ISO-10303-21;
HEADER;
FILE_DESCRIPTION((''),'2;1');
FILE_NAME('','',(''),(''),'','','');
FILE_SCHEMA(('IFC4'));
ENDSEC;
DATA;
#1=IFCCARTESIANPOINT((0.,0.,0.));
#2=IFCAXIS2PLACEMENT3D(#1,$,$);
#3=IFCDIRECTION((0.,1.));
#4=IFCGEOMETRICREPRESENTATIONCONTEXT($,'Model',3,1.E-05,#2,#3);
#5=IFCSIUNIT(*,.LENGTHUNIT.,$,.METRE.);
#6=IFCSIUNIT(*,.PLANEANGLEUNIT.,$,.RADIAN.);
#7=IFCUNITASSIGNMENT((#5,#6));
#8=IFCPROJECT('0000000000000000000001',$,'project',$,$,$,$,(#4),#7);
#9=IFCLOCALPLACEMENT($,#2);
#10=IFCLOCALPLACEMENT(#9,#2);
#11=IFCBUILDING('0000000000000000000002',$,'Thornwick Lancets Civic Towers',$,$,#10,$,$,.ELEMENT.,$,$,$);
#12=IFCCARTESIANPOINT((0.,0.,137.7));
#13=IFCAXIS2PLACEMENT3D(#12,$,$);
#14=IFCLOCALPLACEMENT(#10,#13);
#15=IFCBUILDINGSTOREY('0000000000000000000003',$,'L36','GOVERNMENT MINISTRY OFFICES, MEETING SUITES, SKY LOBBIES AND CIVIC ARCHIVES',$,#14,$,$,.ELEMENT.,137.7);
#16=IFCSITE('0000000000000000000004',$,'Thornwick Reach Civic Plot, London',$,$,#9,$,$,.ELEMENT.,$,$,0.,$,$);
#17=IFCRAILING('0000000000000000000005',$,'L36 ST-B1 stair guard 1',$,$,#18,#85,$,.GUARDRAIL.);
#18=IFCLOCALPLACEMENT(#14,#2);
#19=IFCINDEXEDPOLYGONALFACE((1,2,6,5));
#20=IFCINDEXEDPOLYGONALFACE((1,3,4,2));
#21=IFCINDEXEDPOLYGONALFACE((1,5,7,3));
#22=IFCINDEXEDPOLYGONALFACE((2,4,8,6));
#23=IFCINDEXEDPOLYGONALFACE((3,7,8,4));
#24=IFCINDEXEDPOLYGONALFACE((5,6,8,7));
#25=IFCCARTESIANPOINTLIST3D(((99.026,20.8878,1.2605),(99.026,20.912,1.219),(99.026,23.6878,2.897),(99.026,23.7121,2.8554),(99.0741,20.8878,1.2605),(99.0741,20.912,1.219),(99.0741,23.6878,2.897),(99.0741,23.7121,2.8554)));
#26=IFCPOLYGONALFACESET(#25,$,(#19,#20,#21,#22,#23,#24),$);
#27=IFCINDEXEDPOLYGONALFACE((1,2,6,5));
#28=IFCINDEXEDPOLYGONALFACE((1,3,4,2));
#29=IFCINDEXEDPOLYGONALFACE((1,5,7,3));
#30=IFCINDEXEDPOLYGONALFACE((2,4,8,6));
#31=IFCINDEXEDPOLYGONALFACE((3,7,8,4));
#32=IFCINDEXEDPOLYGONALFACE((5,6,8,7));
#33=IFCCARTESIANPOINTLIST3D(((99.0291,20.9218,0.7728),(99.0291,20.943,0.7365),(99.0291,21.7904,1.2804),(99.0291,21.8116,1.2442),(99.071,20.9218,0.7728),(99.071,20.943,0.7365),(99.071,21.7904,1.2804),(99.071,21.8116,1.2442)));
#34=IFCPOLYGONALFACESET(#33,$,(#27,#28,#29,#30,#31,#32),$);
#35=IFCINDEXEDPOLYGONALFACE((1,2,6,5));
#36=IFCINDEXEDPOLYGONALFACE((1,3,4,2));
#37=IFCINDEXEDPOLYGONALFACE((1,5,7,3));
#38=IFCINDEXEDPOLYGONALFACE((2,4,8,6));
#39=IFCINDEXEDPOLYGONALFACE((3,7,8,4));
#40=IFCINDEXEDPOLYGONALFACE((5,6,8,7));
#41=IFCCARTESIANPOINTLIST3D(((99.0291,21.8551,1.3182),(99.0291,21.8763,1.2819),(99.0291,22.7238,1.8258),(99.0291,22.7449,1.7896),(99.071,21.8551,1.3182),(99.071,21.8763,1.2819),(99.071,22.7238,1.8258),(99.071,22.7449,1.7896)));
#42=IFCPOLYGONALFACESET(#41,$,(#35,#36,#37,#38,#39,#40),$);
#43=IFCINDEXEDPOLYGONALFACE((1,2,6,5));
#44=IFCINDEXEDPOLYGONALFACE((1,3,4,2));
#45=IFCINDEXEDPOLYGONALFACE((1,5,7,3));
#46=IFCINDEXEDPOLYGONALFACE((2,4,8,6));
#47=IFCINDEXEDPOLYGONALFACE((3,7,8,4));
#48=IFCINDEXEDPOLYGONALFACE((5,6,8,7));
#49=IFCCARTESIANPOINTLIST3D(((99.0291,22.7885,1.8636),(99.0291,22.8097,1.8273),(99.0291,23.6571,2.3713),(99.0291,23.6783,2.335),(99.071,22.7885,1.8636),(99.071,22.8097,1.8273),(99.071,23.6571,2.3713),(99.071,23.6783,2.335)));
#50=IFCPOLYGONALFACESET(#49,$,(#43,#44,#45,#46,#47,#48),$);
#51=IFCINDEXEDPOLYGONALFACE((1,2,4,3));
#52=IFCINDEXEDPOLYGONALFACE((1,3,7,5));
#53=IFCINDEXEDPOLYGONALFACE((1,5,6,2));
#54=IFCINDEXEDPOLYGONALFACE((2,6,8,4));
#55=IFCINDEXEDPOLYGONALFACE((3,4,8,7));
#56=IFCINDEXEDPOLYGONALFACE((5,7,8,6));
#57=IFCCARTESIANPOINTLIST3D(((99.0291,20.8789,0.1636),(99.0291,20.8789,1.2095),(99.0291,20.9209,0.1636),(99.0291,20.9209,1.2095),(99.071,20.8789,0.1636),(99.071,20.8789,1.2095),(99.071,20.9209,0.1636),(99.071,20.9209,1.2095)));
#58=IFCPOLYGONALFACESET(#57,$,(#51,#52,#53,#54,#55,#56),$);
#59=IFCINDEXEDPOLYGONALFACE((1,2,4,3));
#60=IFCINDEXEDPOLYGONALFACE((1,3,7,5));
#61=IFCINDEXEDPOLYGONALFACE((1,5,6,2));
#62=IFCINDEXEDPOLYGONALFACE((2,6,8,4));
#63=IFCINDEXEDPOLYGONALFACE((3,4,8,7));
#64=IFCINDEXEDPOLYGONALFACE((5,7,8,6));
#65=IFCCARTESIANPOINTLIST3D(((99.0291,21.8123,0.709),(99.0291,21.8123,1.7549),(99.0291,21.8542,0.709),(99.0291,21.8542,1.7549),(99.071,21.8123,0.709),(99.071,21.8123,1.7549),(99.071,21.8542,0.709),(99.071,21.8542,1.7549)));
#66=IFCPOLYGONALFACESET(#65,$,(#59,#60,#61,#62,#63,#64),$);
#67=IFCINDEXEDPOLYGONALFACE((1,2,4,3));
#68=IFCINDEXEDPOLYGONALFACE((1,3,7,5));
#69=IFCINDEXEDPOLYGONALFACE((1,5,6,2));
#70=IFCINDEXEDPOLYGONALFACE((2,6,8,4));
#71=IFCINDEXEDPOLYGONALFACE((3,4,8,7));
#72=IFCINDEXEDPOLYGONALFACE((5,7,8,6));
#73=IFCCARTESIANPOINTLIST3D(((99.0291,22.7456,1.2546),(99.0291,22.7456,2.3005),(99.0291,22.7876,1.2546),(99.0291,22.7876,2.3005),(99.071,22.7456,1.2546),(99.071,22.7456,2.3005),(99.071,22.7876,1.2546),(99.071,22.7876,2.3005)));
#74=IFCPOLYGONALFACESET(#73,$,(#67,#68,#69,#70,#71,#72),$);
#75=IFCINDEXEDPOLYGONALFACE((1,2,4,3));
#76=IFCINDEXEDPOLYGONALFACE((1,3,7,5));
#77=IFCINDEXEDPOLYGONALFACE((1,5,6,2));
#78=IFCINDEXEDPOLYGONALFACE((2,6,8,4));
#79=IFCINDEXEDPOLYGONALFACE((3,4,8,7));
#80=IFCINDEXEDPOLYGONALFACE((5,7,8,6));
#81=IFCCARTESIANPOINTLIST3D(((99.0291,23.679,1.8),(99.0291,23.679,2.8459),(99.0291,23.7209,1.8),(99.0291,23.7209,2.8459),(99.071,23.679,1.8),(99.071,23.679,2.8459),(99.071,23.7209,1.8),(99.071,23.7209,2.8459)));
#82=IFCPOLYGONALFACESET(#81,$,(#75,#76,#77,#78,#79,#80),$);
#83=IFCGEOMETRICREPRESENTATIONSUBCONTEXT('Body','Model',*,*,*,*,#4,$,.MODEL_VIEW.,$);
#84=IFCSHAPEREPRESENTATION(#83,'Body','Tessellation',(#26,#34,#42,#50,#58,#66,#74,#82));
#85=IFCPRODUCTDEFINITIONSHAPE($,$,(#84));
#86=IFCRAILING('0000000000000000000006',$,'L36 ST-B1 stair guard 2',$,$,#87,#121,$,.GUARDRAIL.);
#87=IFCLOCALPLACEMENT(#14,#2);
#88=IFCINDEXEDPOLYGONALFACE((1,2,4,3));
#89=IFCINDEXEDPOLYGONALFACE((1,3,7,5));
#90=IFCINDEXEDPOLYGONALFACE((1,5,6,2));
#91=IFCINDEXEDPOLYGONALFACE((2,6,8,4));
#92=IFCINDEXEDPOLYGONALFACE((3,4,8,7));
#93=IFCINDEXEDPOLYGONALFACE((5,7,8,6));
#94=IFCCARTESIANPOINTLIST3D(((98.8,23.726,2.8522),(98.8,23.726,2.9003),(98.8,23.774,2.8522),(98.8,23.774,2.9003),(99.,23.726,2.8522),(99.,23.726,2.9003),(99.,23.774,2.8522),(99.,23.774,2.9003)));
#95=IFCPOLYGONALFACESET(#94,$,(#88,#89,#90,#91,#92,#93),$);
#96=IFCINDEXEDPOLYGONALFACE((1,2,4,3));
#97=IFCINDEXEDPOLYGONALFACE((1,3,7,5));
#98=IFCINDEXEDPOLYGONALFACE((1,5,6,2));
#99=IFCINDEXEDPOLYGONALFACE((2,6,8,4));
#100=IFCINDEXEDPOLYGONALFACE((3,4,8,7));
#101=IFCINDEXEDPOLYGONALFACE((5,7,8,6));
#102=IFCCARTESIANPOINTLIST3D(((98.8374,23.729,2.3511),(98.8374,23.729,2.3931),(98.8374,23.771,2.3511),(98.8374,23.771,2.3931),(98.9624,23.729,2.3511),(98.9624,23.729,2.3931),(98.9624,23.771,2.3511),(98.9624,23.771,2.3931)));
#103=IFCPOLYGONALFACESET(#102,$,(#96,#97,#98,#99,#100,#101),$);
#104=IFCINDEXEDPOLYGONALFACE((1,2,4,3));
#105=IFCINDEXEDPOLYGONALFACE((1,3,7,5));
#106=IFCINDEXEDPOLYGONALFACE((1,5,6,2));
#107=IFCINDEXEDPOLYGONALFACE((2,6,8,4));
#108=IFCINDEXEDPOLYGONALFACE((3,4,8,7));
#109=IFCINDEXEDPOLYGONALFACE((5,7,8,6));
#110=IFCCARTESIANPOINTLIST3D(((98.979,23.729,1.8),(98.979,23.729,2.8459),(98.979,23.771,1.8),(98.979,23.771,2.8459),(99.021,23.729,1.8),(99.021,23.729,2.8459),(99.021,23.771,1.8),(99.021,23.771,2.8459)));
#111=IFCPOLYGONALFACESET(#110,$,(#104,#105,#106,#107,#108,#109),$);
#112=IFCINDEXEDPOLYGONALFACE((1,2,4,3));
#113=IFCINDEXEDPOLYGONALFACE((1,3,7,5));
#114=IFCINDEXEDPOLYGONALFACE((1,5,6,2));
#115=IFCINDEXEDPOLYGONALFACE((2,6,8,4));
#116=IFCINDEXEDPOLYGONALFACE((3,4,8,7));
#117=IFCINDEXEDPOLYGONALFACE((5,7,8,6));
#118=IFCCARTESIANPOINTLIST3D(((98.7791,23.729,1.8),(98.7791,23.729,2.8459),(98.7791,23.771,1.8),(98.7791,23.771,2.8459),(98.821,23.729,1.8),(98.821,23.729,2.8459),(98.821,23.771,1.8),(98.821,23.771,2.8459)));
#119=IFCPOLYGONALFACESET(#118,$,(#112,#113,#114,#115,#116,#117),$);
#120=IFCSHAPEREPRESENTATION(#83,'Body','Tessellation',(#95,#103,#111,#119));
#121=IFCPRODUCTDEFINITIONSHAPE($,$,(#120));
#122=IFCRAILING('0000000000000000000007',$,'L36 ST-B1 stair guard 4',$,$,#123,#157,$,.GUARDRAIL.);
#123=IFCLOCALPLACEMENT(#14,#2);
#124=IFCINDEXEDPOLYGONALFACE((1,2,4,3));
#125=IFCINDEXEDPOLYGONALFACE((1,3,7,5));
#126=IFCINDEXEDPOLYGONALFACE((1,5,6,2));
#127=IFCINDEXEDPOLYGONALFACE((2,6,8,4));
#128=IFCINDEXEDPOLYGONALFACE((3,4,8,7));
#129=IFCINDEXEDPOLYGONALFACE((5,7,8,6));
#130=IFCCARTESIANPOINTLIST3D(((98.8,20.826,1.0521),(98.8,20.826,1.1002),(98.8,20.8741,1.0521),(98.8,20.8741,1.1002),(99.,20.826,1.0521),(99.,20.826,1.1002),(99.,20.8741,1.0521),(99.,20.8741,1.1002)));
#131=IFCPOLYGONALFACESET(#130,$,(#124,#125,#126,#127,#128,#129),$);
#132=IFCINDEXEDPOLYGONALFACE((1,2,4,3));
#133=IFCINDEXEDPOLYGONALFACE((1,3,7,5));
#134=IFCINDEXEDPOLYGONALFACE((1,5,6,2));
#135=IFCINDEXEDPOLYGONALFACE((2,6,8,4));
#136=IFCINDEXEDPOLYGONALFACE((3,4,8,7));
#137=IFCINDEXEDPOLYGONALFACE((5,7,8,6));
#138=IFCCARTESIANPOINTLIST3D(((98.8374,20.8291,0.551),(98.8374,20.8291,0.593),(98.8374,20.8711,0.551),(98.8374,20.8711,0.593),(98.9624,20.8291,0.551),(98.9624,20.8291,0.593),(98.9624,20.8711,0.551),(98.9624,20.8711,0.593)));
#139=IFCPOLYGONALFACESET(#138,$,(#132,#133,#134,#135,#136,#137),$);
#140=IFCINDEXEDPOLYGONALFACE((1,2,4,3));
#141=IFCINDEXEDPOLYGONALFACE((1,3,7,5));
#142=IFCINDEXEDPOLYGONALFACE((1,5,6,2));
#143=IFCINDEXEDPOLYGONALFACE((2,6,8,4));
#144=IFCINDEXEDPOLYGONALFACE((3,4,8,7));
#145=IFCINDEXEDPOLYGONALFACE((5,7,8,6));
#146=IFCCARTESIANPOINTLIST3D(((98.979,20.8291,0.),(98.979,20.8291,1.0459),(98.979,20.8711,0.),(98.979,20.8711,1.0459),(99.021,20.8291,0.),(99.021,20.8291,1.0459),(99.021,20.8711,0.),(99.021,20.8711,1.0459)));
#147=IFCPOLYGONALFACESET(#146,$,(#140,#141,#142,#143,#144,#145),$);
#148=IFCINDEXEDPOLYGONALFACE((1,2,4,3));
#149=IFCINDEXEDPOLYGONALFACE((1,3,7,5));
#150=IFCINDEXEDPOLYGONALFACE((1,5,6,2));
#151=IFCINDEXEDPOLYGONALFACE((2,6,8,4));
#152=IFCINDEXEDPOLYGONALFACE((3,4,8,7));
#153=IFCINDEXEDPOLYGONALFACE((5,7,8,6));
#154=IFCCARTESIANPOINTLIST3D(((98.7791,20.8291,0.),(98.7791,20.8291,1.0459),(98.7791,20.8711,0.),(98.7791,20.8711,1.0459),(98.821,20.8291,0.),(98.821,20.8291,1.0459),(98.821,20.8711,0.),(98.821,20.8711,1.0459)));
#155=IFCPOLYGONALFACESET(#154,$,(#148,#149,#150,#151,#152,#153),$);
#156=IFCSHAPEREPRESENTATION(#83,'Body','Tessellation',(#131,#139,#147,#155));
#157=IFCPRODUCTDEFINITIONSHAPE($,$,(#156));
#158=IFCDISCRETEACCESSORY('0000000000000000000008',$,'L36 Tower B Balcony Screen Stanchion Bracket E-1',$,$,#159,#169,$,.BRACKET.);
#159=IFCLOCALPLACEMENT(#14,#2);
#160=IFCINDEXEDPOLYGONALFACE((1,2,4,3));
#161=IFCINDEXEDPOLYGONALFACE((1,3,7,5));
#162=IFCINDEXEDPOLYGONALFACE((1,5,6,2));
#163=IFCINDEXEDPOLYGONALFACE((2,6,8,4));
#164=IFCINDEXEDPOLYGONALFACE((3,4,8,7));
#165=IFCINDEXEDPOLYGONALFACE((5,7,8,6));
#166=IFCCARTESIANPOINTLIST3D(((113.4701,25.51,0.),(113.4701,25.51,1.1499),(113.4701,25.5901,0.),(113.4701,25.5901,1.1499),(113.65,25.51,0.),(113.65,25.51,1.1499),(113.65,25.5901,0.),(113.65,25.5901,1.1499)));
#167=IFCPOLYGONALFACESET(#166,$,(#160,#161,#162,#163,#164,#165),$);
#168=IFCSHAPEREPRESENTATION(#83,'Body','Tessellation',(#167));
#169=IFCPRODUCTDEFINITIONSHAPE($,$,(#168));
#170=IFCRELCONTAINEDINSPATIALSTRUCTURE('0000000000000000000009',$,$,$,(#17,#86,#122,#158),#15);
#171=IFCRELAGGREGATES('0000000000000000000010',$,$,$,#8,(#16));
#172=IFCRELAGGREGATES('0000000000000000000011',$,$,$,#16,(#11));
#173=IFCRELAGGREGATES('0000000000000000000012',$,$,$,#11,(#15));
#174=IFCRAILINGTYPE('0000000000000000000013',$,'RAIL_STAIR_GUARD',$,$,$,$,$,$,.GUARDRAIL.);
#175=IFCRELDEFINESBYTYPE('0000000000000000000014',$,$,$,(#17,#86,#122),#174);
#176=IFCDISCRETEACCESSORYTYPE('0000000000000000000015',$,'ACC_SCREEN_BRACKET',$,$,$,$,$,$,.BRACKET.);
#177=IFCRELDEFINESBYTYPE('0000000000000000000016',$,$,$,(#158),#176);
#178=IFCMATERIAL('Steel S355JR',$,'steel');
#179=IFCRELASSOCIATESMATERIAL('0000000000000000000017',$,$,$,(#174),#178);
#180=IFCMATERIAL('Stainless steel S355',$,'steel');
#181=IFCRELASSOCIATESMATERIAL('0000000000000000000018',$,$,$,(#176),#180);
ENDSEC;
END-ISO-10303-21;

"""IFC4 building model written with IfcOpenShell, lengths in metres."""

from ifc_helpers import new_model, si_unit, direction, frame, origin, origin_2d, place, context, subcontext, project, spatial, rectangle, extrude, material, type_object, element, save


model = new_model("IFC4")

# Units and contexts
model_context = context("Model", 3, precision=1e-05, world=origin(), true_north=direction((0.0, 1.0)))
body_context = subcontext(model_context, "Body", "Model", "MODEL_VIEW")
ifc_project = project(units=[si_unit("LENGTHUNIT", "METRE"), si_unit("PLANEANGLEUNIT", "RADIAN")], contexts=[model_context])

# Site, building, storey
site_placement = place(None, origin())
site = spatial("IfcSite", under=ifc_project, at=site_placement, Name="Thornwick Reach Civic Plot, London", CompositionType="ELEMENT", RefElevation=0.0)
building_placement = place(site_placement, origin())
building = spatial("IfcBuilding", under=site, at=building_placement, Name="Thornwick Lancets Civic Towers", CompositionType="ELEMENT")
storey_placement = place(building_placement, frame((0.0, 0.0, 137.7)))
storey = spatial("IfcBuildingStorey", under=building, at=storey_placement, Name="L36", Description="GOVERNMENT MINISTRY OFFICES, MEETING SUITES, SKY LOBBIES AND CIVIC ARCHIVES", CompositionType="ELEMENT", Elevation=137.7)

# Shared definitions
ifc_material_1 = material(Name="Steel S355JR", Category="steel")

# Railings
railing_type_1 = type_object("IfcRailingType", Name="RAIL_STAIR_GUARD", PredefinedType="GUARDRAIL", material=ifc_material_1)
railing_1_placement = place(storey_placement, frame((99.05, 20.8999, 0.1636)))
element("IfcRailing", 1, at=railing_1_placement, inside=storey, type_object=railing_type_1, Name="L36 ST-B1 stair guard 1", PredefinedType="GUARDRAIL", context=body_context, shape_type="SweptSolid", body=[
    extrude(rectangle(XDim=0.0481, YDim=0.0481, at=origin_2d()), frame((0.0, 0.0, 1.0762), z_axis=(0.0, 0.863361, 0.504587), x_axis=(-1.0, 0.0, 0.0)), (0.0, 0.0, 1.0), 3.2432),
    extrude(rectangle(XDim=0.042, YDim=0.042, at=origin_2d()), frame((0.0, 0.0325, 0.5911), z_axis=(0.0, 0.863361, 0.504587), x_axis=(-1.0, 0.0, 0.0)), (0.0, 0.0, 1.0), 1.0061),
    extrude(rectangle(XDim=0.042, YDim=0.042, at=origin_2d()), frame((0.0, 0.9658, 1.1365), z_axis=(0.0, 0.863361, 0.504587), x_axis=(-1.0, 0.0, 0.0)), (0.0, 0.0, 1.0), 1.0061),
    extrude(rectangle(XDim=0.042, YDim=0.042, at=origin_2d()), frame((0.0, 1.8992, 1.6819), z_axis=(0.0, 0.863361, 0.504587), x_axis=(-1.0, 0.0, 0.0)), (0.0, 0.0, 1.0), 1.0061),
    extrude(rectangle(XDim=0.042, YDim=0.042, at=origin_2d()), origin(), (0.0, 0.0, 1.0), 1.0459),
    extrude(rectangle(XDim=0.042, YDim=0.042, at=origin_2d()), frame((0.0, 0.9333, 0.5454)), (0.0, 0.0, 1.0), 1.0459),
    extrude(rectangle(XDim=0.042, YDim=0.042, at=origin_2d()), frame((0.0, 1.8667, 1.0911)), (0.0, 0.0, 1.0), 1.0459),
    extrude(rectangle(XDim=0.042, YDim=0.042, at=origin_2d()), frame((0.0, 2.8, 1.6365)), (0.0, 0.0, 1.0), 1.0459),
])
for number, where, name in (
    (2, (99.0, 23.75, 1.8), "L36 ST-B1 stair guard 2"),
    (3, (99.0, 20.8501, 0.0), "L36 ST-B1 stair guard 4"),
):
    element("IfcRailing", number, at=place(storey_placement, frame(where)), inside=storey, type_object=railing_type_1, Name=name, PredefinedType="GUARDRAIL", context=body_context, shape_type="SweptSolid", body=[
        extrude(rectangle(XDim=0.0481, YDim=0.0481, at=origin_2d()), frame((0.0, 0.0, 1.0762), z_axis=(-1.0, 0.0, 0.0), x_axis=(0.0, -1.0, 0.0)), (0.0, 0.0, 1.0), 0.2),
        extrude(rectangle(XDim=0.042, YDim=0.042, at=origin_2d()), frame((-0.0376, 0.0, 0.572), z_axis=(-1.0, 0.0, 0.0), x_axis=(0.0, -1.0, 0.0)), (0.0, 0.0, 1.0), 0.125),
        extrude(rectangle(XDim=0.042, YDim=0.042, at=origin_2d()), origin(), (0.0, 0.0, 1.0), 1.0459),
        extrude(rectangle(XDim=0.042, YDim=0.042, at=origin_2d()), frame((-0.2, 0.0, 0.0)), (0.0, 0.0, 1.0), 1.0459),
    ])

# Discrete accessory
ifc_material_2 = material(Name="Stainless steel S355", Category="steel")
discrete_accessory_type = type_object("IfcDiscreteAccessoryType", Name="ACC_SCREEN_BRACKET", PredefinedType="BRACKET", material=ifc_material_2)
discrete_accessory_placement = place(storey_placement, frame((113.5601, 25.55, 0.0), z_axis=(0.0, 0.0, 1.0), x_axis=(0.0, 1.0, 0.0)))
element("IfcDiscreteAccessory", 4, at=discrete_accessory_placement, inside=storey, type_object=discrete_accessory_type, Name="L36 Tower B Balcony Screen Stanchion Bracket E-1", PredefinedType="BRACKET", context=body_context, shape_type="SweptSolid", body=[
    extrude(rectangle(XDim=0.0801, YDim=0.1799, at=origin_2d()), origin(), (0.0, 0.0, 1.0), 1.1499),
])

save(model, "model.ifc")
